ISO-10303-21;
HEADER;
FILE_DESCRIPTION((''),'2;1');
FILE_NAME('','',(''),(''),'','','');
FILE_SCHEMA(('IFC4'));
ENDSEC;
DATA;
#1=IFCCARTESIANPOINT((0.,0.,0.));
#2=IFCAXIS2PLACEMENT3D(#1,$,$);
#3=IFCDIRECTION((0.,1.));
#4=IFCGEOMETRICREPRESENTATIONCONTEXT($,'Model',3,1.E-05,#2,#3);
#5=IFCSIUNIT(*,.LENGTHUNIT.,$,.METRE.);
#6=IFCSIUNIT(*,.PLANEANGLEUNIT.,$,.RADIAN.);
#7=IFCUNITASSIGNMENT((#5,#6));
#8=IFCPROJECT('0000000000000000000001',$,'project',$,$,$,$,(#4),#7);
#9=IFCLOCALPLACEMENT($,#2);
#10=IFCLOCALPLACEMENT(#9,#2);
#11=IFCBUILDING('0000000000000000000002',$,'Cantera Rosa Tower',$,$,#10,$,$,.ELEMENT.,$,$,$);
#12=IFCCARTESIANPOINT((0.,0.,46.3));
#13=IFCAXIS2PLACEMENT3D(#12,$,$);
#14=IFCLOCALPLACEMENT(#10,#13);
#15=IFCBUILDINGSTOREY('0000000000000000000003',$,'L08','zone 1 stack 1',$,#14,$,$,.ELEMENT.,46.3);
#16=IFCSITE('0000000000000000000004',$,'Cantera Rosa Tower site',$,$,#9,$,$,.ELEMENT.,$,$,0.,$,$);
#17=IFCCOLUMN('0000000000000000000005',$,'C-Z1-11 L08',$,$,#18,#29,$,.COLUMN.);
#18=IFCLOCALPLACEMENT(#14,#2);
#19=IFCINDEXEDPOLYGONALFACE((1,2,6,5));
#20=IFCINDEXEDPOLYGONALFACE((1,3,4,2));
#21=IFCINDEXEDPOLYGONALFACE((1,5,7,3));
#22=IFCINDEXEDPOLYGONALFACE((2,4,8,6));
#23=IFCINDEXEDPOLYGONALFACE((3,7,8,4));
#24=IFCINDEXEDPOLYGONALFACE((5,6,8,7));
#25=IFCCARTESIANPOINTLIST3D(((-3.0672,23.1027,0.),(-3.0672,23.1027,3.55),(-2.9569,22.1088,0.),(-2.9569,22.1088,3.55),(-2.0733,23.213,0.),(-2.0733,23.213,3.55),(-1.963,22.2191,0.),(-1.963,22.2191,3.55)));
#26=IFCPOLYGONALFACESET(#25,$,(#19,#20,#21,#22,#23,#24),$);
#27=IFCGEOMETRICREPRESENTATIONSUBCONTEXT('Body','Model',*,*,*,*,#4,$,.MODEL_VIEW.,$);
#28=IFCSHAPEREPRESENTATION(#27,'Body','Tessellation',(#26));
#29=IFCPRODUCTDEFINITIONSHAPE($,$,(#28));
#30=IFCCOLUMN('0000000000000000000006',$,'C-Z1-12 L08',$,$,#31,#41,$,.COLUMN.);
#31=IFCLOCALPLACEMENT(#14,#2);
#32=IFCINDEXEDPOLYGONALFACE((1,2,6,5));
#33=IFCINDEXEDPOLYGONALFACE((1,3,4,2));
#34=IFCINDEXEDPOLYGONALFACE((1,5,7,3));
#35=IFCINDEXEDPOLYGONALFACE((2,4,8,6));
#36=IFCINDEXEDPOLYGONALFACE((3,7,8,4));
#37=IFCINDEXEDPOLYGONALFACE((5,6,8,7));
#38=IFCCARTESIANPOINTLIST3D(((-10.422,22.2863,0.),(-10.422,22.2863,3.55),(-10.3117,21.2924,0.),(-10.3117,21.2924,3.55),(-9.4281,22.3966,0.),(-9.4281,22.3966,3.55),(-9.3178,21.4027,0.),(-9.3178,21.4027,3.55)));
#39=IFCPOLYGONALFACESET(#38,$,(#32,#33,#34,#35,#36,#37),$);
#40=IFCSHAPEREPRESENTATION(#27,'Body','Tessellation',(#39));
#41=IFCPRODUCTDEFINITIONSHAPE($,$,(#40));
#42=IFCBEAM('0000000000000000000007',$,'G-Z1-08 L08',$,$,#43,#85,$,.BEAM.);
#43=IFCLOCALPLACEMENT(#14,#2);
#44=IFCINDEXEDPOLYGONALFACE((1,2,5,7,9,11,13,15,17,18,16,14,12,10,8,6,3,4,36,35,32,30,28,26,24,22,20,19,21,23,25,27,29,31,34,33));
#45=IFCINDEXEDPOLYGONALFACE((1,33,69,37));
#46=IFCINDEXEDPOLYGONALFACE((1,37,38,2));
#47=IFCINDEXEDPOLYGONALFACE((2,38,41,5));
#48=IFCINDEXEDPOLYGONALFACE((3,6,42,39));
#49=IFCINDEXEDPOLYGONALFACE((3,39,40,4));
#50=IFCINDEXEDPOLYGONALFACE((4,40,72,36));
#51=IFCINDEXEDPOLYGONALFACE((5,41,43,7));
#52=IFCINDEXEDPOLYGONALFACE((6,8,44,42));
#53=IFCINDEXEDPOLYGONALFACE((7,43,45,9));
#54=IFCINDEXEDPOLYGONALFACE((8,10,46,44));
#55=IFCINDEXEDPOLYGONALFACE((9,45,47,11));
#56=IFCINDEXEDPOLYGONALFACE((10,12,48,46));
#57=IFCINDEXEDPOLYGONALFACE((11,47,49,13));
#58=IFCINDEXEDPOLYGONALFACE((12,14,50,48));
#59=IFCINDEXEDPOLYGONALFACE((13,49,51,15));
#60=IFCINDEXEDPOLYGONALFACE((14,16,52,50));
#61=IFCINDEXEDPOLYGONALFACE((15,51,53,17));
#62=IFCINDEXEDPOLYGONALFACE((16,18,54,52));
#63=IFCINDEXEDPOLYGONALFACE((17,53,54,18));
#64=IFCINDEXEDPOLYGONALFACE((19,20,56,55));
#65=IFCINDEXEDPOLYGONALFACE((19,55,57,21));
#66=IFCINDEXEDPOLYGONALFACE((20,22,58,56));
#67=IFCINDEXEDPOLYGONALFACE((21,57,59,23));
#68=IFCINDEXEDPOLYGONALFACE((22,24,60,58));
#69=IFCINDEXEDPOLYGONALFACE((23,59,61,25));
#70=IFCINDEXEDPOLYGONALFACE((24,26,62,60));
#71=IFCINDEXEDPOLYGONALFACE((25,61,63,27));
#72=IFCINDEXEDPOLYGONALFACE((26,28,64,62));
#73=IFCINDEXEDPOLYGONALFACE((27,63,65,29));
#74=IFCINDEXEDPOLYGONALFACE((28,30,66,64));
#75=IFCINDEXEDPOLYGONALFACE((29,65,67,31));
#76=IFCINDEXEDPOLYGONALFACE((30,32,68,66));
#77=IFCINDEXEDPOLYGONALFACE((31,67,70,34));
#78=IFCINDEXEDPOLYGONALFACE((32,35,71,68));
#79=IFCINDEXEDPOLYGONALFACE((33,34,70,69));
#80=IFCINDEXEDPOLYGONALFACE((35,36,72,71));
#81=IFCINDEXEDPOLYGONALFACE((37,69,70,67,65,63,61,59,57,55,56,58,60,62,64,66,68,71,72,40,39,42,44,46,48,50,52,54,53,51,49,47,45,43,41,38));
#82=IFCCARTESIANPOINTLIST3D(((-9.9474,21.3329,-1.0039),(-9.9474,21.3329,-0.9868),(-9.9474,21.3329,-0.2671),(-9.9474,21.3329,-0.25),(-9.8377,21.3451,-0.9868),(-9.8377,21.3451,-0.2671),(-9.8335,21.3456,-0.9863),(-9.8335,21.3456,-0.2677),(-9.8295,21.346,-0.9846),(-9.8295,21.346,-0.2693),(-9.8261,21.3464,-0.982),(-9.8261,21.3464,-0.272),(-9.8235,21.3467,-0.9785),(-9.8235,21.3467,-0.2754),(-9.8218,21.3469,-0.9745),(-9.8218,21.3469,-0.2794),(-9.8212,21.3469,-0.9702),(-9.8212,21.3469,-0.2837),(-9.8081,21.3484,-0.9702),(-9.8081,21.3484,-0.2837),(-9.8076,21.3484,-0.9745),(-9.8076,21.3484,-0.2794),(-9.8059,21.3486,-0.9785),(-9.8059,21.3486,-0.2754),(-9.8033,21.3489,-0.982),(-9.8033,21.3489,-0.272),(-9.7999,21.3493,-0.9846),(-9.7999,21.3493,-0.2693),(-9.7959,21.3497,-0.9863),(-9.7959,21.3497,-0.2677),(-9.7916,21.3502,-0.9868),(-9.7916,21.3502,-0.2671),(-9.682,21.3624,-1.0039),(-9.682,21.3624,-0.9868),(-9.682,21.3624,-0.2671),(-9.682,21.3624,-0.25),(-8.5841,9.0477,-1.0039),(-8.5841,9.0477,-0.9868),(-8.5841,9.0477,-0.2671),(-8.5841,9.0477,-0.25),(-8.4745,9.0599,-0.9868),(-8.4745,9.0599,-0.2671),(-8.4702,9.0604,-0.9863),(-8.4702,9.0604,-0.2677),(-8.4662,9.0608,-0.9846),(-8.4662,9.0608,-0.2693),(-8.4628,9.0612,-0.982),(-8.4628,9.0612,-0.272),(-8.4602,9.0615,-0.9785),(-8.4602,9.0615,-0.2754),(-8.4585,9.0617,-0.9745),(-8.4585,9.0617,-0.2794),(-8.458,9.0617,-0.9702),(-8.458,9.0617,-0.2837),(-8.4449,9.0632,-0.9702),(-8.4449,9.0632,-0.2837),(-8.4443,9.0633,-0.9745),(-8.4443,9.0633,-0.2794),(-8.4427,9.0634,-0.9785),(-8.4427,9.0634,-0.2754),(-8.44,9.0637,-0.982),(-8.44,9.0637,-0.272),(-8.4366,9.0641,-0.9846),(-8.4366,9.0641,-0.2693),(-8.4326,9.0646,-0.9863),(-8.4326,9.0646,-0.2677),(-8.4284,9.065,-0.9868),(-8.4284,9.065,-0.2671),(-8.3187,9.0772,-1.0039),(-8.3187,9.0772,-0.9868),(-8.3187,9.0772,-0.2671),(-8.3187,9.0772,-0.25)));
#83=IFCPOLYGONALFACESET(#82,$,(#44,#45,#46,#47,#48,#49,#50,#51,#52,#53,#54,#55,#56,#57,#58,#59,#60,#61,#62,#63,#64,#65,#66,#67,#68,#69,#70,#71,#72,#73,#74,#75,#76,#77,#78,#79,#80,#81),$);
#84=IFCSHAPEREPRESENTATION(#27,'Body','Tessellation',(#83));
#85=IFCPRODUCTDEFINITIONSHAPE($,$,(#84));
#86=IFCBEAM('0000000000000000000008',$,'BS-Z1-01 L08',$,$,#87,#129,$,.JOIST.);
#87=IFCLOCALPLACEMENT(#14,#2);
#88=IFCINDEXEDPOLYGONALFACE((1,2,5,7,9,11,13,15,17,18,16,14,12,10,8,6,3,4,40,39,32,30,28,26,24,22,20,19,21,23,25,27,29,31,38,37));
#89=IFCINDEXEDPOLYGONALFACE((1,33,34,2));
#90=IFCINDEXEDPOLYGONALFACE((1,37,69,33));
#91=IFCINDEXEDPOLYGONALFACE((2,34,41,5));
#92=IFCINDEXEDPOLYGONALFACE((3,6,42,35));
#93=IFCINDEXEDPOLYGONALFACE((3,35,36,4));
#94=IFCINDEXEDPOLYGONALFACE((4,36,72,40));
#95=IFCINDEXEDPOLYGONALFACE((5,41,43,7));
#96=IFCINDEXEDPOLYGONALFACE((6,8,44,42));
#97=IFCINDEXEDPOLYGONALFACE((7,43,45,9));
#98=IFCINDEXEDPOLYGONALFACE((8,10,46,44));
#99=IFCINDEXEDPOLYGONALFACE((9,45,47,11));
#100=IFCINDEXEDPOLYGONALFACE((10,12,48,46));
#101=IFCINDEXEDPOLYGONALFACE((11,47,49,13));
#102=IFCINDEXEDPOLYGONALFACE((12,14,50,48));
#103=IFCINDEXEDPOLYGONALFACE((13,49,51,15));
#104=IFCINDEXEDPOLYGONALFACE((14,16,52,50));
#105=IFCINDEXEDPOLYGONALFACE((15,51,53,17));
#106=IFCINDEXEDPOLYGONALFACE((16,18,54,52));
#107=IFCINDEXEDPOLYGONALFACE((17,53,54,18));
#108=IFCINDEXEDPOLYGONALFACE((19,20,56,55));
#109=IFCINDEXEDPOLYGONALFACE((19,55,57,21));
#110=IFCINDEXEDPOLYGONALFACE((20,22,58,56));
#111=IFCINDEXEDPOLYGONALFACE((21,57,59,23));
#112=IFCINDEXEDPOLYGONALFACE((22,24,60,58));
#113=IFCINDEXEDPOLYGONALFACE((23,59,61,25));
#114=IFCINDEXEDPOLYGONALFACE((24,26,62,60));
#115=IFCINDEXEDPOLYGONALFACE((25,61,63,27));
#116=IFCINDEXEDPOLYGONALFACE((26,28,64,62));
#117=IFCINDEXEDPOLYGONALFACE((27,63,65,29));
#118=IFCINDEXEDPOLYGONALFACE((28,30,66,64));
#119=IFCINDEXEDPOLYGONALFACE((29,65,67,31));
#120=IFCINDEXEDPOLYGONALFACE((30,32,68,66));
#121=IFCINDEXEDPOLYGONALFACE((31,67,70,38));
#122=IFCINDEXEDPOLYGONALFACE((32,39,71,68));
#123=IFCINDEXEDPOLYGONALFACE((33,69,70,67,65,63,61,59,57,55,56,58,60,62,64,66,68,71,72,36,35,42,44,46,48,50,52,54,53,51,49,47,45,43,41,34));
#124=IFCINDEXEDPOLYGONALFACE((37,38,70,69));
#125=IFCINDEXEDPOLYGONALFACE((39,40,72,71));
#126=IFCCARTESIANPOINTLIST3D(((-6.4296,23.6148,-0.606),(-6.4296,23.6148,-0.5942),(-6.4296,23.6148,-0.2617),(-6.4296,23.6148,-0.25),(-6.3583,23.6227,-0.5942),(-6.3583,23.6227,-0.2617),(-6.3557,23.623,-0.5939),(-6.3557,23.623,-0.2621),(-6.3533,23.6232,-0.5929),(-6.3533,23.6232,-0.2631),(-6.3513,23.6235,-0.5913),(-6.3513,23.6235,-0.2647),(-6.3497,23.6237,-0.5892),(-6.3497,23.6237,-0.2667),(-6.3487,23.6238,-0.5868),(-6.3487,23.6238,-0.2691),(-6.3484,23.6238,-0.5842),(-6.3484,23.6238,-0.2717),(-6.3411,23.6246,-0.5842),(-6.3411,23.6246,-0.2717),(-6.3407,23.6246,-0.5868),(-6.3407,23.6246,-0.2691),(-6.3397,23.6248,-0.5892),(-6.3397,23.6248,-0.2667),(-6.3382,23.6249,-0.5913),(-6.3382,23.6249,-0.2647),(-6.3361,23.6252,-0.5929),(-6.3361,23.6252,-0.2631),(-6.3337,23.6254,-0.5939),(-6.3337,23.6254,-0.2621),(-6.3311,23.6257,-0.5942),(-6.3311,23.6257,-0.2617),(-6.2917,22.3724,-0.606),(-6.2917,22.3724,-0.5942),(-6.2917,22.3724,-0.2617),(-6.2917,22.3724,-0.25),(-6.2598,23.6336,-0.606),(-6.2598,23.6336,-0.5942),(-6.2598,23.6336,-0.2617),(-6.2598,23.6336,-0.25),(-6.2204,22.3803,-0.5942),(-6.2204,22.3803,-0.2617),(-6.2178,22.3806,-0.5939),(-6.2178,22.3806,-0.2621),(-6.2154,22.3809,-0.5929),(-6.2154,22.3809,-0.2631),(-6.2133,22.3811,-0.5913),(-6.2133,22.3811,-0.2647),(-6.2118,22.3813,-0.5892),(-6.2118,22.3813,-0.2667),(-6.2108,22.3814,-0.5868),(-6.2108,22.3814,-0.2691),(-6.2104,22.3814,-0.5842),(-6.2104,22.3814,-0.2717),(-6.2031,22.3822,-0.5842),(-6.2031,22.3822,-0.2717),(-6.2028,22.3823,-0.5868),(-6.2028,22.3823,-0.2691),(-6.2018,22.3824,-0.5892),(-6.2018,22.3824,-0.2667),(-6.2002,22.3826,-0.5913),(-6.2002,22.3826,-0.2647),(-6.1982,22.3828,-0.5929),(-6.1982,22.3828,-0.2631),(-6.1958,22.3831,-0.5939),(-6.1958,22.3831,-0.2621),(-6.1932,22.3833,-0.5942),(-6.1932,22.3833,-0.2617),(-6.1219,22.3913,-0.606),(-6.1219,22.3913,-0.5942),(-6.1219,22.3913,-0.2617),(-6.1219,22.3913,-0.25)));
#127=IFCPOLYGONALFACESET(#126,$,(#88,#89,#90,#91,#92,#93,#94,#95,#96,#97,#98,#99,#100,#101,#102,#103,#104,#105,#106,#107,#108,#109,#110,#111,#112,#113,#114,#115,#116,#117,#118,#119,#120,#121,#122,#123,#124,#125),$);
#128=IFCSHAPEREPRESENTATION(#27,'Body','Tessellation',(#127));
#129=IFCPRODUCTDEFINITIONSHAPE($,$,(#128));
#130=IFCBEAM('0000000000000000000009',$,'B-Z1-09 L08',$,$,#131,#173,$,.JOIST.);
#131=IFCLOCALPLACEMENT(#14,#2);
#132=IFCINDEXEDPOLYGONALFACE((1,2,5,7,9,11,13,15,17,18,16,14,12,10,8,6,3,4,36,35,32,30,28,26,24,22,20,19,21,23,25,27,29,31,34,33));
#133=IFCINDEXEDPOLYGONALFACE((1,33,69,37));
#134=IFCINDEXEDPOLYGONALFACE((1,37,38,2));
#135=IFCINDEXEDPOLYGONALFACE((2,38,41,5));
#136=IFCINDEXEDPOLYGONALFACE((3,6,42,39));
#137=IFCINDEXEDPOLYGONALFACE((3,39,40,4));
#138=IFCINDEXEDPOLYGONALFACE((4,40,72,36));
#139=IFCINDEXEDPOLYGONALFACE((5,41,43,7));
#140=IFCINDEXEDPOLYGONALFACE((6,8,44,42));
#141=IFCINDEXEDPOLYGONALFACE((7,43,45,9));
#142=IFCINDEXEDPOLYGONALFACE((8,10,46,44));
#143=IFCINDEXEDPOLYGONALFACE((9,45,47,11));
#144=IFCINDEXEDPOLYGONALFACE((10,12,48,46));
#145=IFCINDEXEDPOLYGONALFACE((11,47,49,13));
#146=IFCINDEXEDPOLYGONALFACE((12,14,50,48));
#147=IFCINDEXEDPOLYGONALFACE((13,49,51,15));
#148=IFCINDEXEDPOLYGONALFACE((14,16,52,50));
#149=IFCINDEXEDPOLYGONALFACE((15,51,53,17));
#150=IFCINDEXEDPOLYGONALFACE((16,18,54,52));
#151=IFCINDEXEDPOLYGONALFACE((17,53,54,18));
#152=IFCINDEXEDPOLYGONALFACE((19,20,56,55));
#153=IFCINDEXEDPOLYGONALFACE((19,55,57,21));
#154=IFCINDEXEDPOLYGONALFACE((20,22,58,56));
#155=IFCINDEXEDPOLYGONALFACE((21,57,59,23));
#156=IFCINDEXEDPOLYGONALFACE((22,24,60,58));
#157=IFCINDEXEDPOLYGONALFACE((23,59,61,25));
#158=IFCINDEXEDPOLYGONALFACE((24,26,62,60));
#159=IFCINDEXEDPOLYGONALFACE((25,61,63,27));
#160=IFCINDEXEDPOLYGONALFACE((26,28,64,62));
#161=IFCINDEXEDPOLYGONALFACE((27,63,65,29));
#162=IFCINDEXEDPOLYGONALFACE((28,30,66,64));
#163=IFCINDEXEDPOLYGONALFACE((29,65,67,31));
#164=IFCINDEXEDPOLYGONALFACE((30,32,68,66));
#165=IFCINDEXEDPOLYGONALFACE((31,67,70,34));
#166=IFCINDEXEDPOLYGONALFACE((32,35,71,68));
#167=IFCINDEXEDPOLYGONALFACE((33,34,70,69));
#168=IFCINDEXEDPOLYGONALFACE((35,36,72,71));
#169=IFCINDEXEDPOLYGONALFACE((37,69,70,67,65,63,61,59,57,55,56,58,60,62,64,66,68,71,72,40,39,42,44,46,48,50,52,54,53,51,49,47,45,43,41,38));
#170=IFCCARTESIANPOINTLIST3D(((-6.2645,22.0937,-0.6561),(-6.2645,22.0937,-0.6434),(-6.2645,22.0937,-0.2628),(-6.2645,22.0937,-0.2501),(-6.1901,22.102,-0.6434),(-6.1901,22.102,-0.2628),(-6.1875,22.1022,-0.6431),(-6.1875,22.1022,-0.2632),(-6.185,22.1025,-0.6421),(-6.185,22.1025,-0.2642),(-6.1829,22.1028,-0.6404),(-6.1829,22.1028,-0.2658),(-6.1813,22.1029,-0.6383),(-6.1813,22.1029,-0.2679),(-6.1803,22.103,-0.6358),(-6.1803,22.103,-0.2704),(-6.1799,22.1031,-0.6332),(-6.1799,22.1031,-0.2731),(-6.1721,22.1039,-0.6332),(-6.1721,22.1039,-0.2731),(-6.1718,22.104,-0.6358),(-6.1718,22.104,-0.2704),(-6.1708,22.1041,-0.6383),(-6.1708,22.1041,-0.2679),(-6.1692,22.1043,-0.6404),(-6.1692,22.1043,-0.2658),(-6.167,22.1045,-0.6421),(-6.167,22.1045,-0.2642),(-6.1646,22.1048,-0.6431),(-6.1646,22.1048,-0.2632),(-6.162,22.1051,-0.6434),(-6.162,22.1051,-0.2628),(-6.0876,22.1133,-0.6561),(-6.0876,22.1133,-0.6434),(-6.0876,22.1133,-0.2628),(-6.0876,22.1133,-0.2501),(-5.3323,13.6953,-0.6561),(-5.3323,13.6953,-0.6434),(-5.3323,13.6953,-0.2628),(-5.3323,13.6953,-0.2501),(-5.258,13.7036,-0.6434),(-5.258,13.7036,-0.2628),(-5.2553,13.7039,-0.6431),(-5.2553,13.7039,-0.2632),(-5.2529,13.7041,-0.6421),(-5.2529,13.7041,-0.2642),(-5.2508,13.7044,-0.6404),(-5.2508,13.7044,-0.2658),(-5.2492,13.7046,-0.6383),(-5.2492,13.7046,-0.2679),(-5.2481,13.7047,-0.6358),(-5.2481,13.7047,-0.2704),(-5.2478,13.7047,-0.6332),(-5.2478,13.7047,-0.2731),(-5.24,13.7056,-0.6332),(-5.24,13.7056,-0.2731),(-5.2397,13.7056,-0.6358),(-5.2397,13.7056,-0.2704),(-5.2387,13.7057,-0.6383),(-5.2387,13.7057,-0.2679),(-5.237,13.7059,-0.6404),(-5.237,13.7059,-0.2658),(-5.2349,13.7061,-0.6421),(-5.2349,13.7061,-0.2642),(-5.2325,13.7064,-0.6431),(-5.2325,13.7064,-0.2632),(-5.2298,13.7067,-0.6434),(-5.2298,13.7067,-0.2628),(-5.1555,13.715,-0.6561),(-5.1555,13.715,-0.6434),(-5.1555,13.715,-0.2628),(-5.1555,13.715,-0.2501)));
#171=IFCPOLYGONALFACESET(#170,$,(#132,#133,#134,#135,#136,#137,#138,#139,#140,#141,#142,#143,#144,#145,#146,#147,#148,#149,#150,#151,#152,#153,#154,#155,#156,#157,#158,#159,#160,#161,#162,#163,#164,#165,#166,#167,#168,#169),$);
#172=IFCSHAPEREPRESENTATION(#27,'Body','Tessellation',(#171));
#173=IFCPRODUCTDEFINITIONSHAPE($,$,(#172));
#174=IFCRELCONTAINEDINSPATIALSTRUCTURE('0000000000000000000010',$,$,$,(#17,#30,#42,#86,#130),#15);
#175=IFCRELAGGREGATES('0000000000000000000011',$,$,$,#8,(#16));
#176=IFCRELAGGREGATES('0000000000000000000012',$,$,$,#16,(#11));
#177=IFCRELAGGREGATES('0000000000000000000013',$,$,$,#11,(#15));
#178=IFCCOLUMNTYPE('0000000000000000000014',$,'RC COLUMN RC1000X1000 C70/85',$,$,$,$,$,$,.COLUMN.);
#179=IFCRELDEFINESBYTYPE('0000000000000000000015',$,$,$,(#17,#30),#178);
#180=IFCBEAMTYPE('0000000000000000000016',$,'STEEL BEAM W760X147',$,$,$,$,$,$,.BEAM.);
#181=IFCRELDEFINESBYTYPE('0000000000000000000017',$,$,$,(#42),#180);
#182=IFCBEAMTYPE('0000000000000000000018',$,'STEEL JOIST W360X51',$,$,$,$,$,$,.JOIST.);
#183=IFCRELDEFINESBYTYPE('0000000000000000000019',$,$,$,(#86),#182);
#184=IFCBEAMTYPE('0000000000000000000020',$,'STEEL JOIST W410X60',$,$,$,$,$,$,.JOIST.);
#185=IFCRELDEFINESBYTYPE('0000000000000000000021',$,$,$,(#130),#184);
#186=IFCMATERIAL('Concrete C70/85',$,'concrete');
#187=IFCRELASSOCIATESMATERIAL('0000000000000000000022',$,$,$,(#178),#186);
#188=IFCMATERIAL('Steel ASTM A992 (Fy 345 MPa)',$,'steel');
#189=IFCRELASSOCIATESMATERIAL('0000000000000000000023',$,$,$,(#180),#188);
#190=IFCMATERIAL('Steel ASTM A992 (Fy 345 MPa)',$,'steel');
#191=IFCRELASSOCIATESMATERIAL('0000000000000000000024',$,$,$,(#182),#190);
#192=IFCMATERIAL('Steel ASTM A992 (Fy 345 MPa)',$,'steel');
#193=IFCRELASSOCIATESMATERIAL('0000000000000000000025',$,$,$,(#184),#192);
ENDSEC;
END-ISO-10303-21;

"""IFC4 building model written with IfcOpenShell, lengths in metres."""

from ifc_helpers import new_model, si_unit, direction, frame, origin, origin_2d, place, context, subcontext, project, spatial, rectangle, i_section, extrude, material, material_profile, profile_set, type_object, element, save


model = new_model("IFC4")

# Units and contexts
model_context = context("Model", 3, precision=1e-05, world=origin(), true_north=direction((0.0, 1.0)))
body_context = subcontext(model_context, "Body", "Model", "MODEL_VIEW")
ifc_project = project(units=[si_unit("LENGTHUNIT", "METRE"), si_unit("PLANEANGLEUNIT", "RADIAN")], contexts=[model_context])

# Site, building, storey
site_placement = place(None, origin())
site = spatial("IfcSite", under=ifc_project, at=site_placement, Name="Cantera Rosa Tower site", CompositionType="ELEMENT", RefElevation=0.0)
building_placement = place(site_placement, origin())
building = spatial("IfcBuilding", under=site, at=building_placement, Name="Cantera Rosa Tower", CompositionType="ELEMENT")
storey_placement = place(building_placement, frame((0.0, 0.0, 46.3)))
storey = spatial("IfcBuildingStorey", under=building, at=storey_placement, Name="L08", Description="zone 1 stack 1", CompositionType="ELEMENT", Elevation=46.3)

# Columns
ifc_material_1 = material(Name="Concrete C70/85", Category="concrete")
ifc_material_profile_1 = material_profile(ifc_material_1, rectangle(XDim=1.0, YDim=1.0, at=origin_2d()), Name="RC COLUMN RC1000X1000 C70/85")
ifc_profile_set_1 = profile_set([ifc_material_profile_1], Name="Concrete C70/85")
column_type = type_object("IfcColumnType", Name="RC COLUMN RC1000X1000 C70/85", PredefinedType="COLUMN", material=ifc_profile_set_1)
for number, where, z_axis, x_axis, name in (
    (1, (-2.5151, 22.6609, 0.0), (0.0, 0.0, 1.0), (0.993897, 0.110313, 0.0), "C-Z1-11 L08"),
    (2, (-9.8699, 21.8445, 0.0), (0.0, 0.0, 1.0), (0.993897, 0.110313, 0.0), "C-Z1-12 L08"),
):
    element("IfcColumn", number, at=place(storey_placement, frame(where, z_axis=z_axis, x_axis=x_axis)), inside=storey, type_object=column_type, Name=name, PredefinedType="COLUMN", context=body_context, shape_type="SweptSolid", body=[
        extrude(rectangle(XDim=1.0, YDim=1.0, at=origin_2d()), origin(), (0.0, 0.0, 1.0), 3.55),
    ])

# Beams
ifc_material_2 = material(Name="Steel ASTM A992 (Fy 345 MPa)", Category="steel")
ifc_material_profile_2 = material_profile(ifc_material_2, i_section(OverallWidth=0.2671, OverallDepth=0.7539, WebThickness=0.0132, FlangeThickness=0.0171, FilletRadius=0.0166, at=origin_2d()), Name="W760X147")
ifc_profile_set_2 = profile_set([ifc_material_profile_2], Name="Steel ASTM A992 (Fy 345 MPa)")
beam_type_1 = type_object("IfcBeamType", Name="STEEL BEAM W760X147", PredefinedType="BEAM", material=ifc_profile_set_2)
beam_1_placement = place(storey_placement, frame((-9.8147, 21.3477, -0.627), z_axis=(0.110293, -0.993899, 0.0), x_axis=(0.993899, 0.110293, 0.0)))
element("IfcBeam", 3, at=beam_1_placement, inside=storey, type_object=beam_type_1, Name="G-Z1-08 L08", PredefinedType="BEAM", context=body_context, shape_type="SweptSolid", body=[
    extrude(i_section(OverallWidth=0.2671, OverallDepth=0.7539, WebThickness=0.0132, FlangeThickness=0.0171, FilletRadius=0.0166, at=origin_2d()), origin(), (0.0, 0.0, 1.0), 12.3606),
])
ifc_material_3 = material(Name="Steel ASTM A992 (Fy 345 MPa)", Category="steel")
ifc_material_profile_3 = material_profile(ifc_material_3, i_section(OverallWidth=0.1709, OverallDepth=0.356, WebThickness=0.0073, FlangeThickness=0.0117, FilletRadius=0.01, at=origin_2d()), Name="W360X51")
ifc_profile_set_3 = profile_set([ifc_material_profile_3], Name="Steel ASTM A992 (Fy 345 MPa)")
beam_type_2 = type_object("IfcBeamType", Name="STEEL JOIST W360X51", PredefinedType="JOIST", material=ifc_profile_set_3)
beam_2_placement = place(storey_placement, frame((-6.2068, 22.3818, -0.428), z_axis=(-0.110346, 0.993893, 0.0), x_axis=(-0.993893, -0.110346, 0.0)))
element("IfcBeam", 4, at=beam_2_placement, inside=storey, type_object=beam_type_2, Name="BS-Z1-01 L08", PredefinedType="JOIST", context=body_context, shape_type="SweptSolid", body=[
    extrude(i_section(OverallWidth=0.1709, OverallDepth=0.356, WebThickness=0.0073, FlangeThickness=0.0117, FilletRadius=0.01, at=origin_2d()), origin(), (0.0, 0.0, 1.0), 1.25),
])
ifc_material_4 = material(Name="Steel ASTM A992 (Fy 345 MPa)", Category="steel")
ifc_material_profile_4 = material_profile(ifc_material_4, i_section(OverallWidth=0.178, OverallDepth=0.406, WebThickness=0.0078, FlangeThickness=0.0127, FilletRadius=0.0103, at=origin_2d()), Name="W410X60")
ifc_profile_set_4 = profile_set([ifc_material_profile_4], Name="Steel ASTM A992 (Fy 345 MPa)")
beam_type_3 = type_object("IfcBeamType", Name="STEEL JOIST W410X60", PredefinedType="JOIST", material=ifc_profile_set_4)
for number, where, z_axis, x_axis, name in (
    (5, (-6.176, 22.1035, -0.4531), (0.110311, -0.993897, 0.0), (0.993897, 0.110311, 0.0), "B-Z1-09 L08"),
):
    element("IfcBeam", number, at=place(storey_placement, frame(where, z_axis=z_axis, x_axis=x_axis)), inside=storey, type_object=beam_type_3, Name=name, PredefinedType="JOIST", context=body_context, shape_type="SweptSolid", body=[
        extrude(i_section(OverallWidth=0.178, OverallDepth=0.406, WebThickness=0.0078, FlangeThickness=0.0127, FilletRadius=0.0103, at=origin_2d()), origin(), (0.0, 0.0, 1.0), 8.45),
    ])

save(model, "model.ifc")
